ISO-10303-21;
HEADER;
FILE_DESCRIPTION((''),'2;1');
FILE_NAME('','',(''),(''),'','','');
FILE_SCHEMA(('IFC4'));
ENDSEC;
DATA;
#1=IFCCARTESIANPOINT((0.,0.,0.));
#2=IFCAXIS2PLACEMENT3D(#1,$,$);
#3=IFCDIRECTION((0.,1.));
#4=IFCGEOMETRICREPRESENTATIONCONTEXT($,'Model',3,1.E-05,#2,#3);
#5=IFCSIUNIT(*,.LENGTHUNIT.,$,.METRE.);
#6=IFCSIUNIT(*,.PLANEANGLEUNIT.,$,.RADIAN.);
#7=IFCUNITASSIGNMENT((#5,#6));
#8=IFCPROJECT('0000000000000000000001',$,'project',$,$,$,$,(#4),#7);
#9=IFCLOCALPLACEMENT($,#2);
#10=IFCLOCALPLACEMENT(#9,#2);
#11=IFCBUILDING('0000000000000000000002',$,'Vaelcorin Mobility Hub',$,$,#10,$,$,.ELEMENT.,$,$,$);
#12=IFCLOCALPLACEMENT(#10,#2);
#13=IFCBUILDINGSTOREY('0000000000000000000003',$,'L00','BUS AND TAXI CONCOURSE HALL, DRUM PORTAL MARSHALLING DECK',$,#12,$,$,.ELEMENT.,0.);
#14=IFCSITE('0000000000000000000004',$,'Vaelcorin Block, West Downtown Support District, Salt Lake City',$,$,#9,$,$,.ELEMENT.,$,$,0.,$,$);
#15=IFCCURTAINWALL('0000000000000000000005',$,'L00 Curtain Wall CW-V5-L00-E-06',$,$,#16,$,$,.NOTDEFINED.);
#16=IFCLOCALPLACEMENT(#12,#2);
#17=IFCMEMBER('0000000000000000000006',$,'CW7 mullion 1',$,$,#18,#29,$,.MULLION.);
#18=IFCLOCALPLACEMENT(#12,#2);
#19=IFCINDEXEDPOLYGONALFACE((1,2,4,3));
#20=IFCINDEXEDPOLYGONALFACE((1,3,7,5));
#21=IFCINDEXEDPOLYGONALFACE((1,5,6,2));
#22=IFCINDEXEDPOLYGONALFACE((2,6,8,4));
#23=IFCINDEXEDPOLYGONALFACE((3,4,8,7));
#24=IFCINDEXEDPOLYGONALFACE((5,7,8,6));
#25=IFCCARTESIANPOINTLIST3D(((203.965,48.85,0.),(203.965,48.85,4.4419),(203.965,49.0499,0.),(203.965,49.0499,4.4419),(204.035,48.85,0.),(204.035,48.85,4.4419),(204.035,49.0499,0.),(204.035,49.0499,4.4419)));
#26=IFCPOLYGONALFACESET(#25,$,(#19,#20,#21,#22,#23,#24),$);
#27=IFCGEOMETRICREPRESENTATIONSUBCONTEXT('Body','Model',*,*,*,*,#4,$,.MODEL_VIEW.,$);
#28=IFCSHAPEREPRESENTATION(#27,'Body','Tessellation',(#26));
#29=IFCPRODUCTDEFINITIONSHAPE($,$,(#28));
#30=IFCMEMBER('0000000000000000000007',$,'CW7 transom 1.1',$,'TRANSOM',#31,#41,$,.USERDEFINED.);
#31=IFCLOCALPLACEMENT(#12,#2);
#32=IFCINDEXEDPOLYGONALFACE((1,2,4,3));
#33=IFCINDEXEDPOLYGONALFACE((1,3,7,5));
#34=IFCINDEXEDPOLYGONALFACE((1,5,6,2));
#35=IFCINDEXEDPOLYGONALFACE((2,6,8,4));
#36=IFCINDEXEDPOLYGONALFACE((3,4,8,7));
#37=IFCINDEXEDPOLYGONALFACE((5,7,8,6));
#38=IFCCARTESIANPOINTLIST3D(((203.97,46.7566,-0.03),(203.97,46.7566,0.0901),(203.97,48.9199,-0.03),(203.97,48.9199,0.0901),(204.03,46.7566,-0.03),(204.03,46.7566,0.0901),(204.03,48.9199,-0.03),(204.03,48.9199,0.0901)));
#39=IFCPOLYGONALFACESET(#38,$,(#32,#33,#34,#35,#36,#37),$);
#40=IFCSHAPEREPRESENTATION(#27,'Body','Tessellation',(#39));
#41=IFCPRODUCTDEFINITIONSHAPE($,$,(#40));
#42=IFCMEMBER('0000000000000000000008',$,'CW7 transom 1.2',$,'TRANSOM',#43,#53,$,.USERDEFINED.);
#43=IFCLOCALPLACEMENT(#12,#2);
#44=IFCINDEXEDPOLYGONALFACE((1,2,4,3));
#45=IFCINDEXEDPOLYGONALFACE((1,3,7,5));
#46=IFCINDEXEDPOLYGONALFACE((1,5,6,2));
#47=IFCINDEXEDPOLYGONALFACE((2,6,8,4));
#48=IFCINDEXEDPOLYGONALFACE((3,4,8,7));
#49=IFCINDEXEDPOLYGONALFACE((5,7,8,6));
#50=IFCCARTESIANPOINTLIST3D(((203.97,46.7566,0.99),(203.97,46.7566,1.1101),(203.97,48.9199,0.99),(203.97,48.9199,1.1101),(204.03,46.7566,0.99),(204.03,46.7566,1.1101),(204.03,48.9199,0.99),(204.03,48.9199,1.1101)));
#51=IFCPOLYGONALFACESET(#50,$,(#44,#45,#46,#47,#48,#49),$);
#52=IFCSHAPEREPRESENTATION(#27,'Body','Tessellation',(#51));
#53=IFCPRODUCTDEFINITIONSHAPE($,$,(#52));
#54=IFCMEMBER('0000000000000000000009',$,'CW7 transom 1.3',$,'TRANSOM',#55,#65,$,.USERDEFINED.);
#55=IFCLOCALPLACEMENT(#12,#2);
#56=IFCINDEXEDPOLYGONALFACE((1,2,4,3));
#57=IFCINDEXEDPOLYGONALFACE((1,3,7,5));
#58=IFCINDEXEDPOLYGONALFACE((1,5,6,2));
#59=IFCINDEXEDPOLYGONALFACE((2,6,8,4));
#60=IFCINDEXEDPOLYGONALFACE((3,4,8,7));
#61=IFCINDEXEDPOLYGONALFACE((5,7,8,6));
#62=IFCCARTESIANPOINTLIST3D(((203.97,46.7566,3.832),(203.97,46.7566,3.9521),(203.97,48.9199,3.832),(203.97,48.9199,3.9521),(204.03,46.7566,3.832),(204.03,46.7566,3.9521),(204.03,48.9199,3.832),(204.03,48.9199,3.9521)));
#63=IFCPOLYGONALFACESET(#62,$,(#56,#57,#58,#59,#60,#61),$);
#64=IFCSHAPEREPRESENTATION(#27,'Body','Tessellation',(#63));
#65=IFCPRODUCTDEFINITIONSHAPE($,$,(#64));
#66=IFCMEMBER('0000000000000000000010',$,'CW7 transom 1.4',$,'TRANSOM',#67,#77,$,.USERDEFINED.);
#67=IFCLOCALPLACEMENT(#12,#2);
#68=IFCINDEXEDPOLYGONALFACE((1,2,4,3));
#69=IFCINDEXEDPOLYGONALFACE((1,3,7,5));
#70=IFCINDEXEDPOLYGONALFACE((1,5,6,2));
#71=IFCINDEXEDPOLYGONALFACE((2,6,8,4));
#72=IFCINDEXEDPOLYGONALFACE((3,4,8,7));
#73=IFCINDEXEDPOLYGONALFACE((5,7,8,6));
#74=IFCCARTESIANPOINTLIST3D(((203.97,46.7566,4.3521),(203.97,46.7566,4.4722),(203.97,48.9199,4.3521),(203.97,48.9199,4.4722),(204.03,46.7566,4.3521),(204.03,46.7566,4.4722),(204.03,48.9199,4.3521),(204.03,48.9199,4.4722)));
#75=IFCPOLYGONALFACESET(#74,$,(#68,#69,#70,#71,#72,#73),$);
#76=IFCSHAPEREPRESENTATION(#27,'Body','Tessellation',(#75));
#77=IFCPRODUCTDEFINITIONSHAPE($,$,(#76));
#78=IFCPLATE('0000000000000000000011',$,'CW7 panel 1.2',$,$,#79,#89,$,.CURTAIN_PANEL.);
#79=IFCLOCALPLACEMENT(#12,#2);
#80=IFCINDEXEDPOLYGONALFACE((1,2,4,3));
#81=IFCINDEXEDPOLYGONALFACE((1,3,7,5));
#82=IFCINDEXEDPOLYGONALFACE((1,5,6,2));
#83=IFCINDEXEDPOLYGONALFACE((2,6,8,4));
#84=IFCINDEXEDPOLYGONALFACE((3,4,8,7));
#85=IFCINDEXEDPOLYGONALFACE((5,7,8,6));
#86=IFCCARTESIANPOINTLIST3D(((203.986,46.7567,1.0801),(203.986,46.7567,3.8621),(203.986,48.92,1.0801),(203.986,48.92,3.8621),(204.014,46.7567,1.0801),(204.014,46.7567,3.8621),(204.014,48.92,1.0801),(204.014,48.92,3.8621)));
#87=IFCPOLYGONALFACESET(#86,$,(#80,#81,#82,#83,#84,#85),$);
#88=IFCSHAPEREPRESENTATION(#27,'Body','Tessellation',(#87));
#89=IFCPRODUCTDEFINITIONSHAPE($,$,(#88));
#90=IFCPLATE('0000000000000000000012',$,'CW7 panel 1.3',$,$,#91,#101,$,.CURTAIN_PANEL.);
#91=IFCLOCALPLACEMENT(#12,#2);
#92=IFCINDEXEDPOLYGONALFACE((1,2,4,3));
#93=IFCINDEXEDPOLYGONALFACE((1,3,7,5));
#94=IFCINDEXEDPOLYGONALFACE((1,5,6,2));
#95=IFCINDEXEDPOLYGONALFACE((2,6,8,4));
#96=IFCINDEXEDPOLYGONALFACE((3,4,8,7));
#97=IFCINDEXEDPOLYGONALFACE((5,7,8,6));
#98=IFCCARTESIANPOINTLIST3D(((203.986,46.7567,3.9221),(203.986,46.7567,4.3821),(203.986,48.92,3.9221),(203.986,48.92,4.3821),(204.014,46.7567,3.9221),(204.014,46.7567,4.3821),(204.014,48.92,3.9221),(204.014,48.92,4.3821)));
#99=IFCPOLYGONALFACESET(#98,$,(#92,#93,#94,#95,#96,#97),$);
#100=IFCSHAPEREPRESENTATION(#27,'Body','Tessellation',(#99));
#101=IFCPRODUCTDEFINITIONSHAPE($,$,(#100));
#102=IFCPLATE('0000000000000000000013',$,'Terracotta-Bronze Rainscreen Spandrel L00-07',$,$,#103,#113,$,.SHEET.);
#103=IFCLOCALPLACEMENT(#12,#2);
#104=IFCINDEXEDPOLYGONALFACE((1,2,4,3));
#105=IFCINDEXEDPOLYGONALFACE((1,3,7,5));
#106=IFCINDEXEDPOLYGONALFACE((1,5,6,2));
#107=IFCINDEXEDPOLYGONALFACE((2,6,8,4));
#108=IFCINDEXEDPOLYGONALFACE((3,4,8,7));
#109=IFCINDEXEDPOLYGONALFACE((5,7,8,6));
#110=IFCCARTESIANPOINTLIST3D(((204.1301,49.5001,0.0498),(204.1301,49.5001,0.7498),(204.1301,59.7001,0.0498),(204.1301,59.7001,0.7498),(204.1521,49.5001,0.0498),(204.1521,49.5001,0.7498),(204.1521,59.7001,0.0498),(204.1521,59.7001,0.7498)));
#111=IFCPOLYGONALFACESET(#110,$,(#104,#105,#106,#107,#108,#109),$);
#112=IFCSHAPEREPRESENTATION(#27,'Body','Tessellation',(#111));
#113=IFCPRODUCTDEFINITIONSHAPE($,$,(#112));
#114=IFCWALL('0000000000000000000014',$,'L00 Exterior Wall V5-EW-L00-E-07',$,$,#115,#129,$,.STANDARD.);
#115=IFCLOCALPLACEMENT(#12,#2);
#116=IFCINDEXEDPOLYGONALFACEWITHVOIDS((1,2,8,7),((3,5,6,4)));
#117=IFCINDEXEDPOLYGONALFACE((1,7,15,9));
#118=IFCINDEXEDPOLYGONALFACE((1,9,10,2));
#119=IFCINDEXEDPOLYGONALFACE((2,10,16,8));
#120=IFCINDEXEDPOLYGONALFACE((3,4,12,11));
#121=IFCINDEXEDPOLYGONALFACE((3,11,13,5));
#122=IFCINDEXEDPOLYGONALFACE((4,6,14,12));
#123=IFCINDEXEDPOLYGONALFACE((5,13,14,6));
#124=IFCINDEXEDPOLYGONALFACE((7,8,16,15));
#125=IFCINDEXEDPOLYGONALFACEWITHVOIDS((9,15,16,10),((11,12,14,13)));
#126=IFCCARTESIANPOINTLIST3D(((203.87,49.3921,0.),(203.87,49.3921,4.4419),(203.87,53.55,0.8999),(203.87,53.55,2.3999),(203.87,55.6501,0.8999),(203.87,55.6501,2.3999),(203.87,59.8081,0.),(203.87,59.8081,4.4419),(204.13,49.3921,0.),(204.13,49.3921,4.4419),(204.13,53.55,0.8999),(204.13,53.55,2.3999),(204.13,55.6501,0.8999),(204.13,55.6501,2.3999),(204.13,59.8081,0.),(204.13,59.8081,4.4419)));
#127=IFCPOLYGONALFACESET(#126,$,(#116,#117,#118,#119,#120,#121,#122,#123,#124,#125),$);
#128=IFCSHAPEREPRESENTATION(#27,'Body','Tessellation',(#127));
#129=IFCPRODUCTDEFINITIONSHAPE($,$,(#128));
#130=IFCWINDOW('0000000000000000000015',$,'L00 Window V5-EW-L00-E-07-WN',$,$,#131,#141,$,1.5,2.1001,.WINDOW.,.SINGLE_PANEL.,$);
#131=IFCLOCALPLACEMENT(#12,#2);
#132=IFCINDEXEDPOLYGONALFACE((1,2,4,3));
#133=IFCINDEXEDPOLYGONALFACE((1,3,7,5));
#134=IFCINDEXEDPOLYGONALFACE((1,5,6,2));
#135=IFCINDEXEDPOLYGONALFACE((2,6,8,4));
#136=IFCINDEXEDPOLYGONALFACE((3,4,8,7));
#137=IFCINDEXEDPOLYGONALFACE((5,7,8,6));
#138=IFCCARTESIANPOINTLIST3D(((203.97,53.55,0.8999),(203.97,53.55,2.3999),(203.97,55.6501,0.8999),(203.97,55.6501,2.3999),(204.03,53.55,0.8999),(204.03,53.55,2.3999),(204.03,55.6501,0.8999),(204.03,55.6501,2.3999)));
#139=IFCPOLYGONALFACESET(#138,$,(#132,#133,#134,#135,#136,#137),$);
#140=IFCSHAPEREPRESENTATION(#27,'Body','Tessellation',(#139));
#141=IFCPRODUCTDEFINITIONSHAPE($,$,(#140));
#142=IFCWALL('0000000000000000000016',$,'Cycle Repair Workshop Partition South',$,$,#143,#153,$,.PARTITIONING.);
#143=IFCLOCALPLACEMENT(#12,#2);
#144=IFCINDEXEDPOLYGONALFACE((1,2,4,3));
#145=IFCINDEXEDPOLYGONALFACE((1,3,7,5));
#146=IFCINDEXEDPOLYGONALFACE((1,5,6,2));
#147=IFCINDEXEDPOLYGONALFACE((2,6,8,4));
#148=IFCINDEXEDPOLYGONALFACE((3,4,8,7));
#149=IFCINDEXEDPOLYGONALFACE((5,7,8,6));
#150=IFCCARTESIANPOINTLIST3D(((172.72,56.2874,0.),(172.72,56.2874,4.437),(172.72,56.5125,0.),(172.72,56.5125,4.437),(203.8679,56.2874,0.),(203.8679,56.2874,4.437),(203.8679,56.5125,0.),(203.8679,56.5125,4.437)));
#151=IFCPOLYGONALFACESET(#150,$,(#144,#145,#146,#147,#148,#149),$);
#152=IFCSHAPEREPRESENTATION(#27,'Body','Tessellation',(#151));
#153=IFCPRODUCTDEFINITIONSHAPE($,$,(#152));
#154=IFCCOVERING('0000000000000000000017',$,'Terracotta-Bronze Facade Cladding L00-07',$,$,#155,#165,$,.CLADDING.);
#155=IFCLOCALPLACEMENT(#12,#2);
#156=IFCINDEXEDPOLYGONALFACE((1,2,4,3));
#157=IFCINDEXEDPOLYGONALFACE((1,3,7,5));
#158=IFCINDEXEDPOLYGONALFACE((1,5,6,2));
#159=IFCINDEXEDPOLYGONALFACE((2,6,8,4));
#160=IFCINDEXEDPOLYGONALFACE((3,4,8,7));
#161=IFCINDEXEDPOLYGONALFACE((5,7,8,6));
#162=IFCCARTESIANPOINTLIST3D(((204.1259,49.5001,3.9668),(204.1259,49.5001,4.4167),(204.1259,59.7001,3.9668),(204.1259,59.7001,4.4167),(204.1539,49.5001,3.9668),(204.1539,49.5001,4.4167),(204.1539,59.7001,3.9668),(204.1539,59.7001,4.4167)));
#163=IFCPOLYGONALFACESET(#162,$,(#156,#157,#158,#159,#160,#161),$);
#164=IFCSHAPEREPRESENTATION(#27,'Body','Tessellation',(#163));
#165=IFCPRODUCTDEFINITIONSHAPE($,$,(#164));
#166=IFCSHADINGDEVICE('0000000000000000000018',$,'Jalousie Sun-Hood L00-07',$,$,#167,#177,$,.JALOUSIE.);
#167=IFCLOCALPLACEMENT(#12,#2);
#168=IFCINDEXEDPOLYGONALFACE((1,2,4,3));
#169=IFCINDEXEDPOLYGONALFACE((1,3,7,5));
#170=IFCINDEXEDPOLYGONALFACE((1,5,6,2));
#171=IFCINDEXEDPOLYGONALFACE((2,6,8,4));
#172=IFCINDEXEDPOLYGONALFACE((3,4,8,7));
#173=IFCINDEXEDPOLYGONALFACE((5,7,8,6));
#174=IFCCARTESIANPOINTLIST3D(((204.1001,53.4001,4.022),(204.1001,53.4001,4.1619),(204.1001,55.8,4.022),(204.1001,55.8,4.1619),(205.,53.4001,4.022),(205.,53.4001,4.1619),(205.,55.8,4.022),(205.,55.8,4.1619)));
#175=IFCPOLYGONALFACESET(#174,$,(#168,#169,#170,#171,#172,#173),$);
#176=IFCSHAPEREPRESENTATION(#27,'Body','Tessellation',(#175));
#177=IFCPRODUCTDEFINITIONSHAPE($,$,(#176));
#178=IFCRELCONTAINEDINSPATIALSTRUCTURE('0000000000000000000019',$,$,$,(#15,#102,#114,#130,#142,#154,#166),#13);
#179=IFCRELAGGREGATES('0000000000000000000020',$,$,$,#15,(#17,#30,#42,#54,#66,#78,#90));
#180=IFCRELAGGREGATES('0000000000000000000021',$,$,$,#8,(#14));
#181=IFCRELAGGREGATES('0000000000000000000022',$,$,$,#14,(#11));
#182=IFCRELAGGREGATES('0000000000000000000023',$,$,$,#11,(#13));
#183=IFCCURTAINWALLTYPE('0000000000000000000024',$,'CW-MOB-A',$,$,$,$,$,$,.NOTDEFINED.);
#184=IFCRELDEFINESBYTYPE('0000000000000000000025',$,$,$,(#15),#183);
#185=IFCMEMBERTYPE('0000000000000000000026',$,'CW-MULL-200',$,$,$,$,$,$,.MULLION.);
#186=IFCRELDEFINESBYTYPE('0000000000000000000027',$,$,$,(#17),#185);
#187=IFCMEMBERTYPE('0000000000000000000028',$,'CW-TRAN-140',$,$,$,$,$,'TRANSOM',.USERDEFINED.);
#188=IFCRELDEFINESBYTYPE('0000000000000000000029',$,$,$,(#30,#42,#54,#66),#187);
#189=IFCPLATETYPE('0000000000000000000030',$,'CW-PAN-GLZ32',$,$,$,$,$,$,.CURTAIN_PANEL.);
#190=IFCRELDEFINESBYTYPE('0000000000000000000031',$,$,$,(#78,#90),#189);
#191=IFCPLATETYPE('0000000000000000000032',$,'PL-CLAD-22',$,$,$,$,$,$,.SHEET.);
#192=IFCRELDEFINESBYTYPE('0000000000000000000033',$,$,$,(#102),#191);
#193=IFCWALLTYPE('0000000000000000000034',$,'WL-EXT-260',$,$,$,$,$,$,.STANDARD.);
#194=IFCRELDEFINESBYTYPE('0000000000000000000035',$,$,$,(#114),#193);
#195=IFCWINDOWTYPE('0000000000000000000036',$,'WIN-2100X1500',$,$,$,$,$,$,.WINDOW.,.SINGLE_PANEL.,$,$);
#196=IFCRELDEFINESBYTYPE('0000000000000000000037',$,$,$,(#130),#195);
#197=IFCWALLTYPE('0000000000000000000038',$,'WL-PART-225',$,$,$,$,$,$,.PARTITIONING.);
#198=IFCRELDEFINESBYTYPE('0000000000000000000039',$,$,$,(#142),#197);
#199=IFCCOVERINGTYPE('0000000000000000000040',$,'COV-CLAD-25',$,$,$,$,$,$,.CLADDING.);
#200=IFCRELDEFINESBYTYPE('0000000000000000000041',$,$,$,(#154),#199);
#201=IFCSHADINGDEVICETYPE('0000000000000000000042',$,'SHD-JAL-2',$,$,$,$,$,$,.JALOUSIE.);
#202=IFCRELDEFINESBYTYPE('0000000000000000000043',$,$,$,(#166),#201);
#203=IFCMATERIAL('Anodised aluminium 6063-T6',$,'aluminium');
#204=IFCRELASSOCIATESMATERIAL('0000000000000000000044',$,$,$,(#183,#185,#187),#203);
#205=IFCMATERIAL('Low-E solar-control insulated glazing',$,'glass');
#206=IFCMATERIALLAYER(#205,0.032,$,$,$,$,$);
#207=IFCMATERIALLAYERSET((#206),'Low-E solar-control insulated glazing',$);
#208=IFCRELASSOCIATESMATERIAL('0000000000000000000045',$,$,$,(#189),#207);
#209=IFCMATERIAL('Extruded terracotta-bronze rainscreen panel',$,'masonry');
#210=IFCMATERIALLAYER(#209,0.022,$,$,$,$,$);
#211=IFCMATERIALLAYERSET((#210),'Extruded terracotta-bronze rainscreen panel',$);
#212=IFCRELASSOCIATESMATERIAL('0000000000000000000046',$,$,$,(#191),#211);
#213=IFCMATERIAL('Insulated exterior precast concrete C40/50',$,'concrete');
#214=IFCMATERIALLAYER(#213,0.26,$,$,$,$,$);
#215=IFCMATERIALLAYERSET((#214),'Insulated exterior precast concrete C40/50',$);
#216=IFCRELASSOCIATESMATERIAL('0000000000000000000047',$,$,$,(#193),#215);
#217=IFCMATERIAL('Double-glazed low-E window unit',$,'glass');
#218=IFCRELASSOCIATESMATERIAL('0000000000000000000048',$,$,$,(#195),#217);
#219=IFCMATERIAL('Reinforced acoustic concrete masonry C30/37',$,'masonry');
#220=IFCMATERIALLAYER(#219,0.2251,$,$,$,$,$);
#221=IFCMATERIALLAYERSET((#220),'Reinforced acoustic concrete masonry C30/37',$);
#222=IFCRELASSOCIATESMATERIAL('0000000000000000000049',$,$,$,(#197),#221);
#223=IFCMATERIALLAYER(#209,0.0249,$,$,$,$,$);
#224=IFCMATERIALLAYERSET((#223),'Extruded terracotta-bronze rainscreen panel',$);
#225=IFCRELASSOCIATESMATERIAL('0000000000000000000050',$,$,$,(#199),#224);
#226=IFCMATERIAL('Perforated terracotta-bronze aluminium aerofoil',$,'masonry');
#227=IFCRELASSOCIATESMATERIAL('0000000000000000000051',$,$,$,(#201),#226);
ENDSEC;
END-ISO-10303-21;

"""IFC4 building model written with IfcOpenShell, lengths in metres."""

from ifc_helpers import new_model, si_unit, direction, frame, frame_2d, origin, origin_2d, place, context, subcontext, project, spatial, rectangle, extrude, material, layer, layer_set, material_profile, profile_set, type_object, element, fill, aggregate, save


model = new_model("IFC4")

# Units and contexts
model_context = context("Model", 3, precision=1e-05, world=origin(), true_north=direction((0.0, 1.0)))
body_context = subcontext(model_context, "Body", "Model", "MODEL_VIEW")
ifc_project = project(units=[si_unit("LENGTHUNIT", "METRE"), si_unit("PLANEANGLEUNIT", "RADIAN")], contexts=[model_context])

# Site, building, storey
site_placement = place(None, origin())
site = spatial("IfcSite", under=ifc_project, at=site_placement, Name="Vaelcorin Block, West Downtown Support District, Salt Lake City", CompositionType="ELEMENT", RefElevation=0.0)
building_placement = place(site_placement, origin())
building = spatial("IfcBuilding", under=site, at=building_placement, Name="Vaelcorin Mobility Hub", CompositionType="ELEMENT")
storey_placement = place(building_placement, origin())
storey = spatial("IfcBuildingStorey", under=building, at=storey_placement, Name="L00", Description="BUS AND TAXI CONCOURSE HALL, DRUM PORTAL MARSHALLING DECK", CompositionType="ELEMENT", Elevation=0.0)

# Curtain wall, members, plates
ifc_material_1 = material(Name="Anodised aluminium 6063-T6", Category="aluminium")
curtain_wall_type = type_object("IfcCurtainWallType", Name="CW-MOB-A", PredefinedType="NOTDEFINED", material=ifc_material_1)
curtain_wall_placement = place(storey_placement, origin())
curtain_wall = element("IfcCurtainWall", 1, at=curtain_wall_placement, inside=storey, type_object=curtain_wall_type, Name="L00 Curtain Wall CW-V5-L00-E-06", PredefinedType="NOTDEFINED")
ifc_material_profile_1 = material_profile(ifc_material_1, rectangle(XDim=0.0701, YDim=0.2, at=origin_2d()), Name="ALU-M70X200")
ifc_profile_set_1 = profile_set([ifc_material_profile_1], Name="Anodised aluminium 6063-T6")
member_type_1 = type_object("IfcMemberType", Name="CW-MULL-200", PredefinedType="MULLION", material=ifc_profile_set_1)
member_1_placement = place(storey_placement, frame((204.0, 48.95, 0.0), z_axis=(0.0, 0.0, 1.0), x_axis=(1.0, 0.0, 0.0)))
member_1 = element("IfcMember", 2, at=member_1_placement, type_object=member_type_1, Name="CW7 mullion 1", PredefinedType="MULLION", context=body_context, shape_type="SweptSolid", body=[
    extrude(rectangle(XDim=0.0701, YDim=0.2, at=origin_2d()), origin(), (0.0, 0.0, 1.0), 4.4419),
])
ifc_material_profile_2 = material_profile(ifc_material_1, rectangle(XDim=0.0601, YDim=0.1201, at=origin_2d()), Name="ALU-T60X120")
ifc_profile_set_2 = profile_set([ifc_material_profile_2], Name="Anodised aluminium 6063-T6")
member_type_2 = type_object("IfcMemberType", Name="CW-TRAN-140", ElementType="TRANSOM", PredefinedType="USERDEFINED", material=ifc_profile_set_2)
member_2_placement = place(storey_placement, frame((204.0, 48.9199, 0.03), z_axis=(0.0, -1.0, 0.0), x_axis=(1.0, 0.0, 0.0)))
member_2 = element("IfcMember", 3, at=member_2_placement, type_object=member_type_2, Name="CW7 transom 1.1", ObjectType="TRANSOM", PredefinedType="USERDEFINED", context=body_context, shape_type="SweptSolid", body=[
    extrude(rectangle(XDim=0.0601, YDim=0.1201, at=origin_2d()), origin(), (0.0, 0.0, 1.0), 2.1633),
])
member_3_placement = place(storey_placement, frame((204.0, 48.9199, 1.05), z_axis=(0.0, -1.0, 0.0), x_axis=(1.0, 0.0, 0.0)))
member_3 = element("IfcMember", 4, at=member_3_placement, type_object=member_type_2, Name="CW7 transom 1.2", ObjectType="TRANSOM", PredefinedType="USERDEFINED", context=body_context, shape_type="SweptSolid", body=[
    extrude(rectangle(XDim=0.0601, YDim=0.1201, at=origin_2d()), origin(), (0.0, 0.0, 1.0), 2.1633),
])
member_4_placement = place(storey_placement, frame((204.0, 48.9199, 3.8921), z_axis=(0.0, -1.0, 0.0), x_axis=(1.0, 0.0, 0.0)))
member_4 = element("IfcMember", 5, at=member_4_placement, type_object=member_type_2, Name="CW7 transom 1.3", ObjectType="TRANSOM", PredefinedType="USERDEFINED", context=body_context, shape_type="SweptSolid", body=[
    extrude(rectangle(XDim=0.0601, YDim=0.1201, at=origin_2d()), origin(), (0.0, 0.0, 1.0), 2.1633),
])
member_5_placement = place(storey_placement, frame((204.0, 48.9199, 4.4121), z_axis=(0.0, -1.0, 0.0), x_axis=(1.0, 0.0, 0.0)))
member_5 = element("IfcMember", 6, at=member_5_placement, type_object=member_type_2, Name="CW7 transom 1.4", ObjectType="TRANSOM", PredefinedType="USERDEFINED", context=body_context, shape_type="SweptSolid", body=[
    extrude(rectangle(XDim=0.0601, YDim=0.1201, at=origin_2d()), origin(), (0.0, 0.0, 1.0), 2.1633),
])
ifc_material_2 = material(Name="Low-E solar-control insulated glazing", Category="glass")
ifc_layer_1 = layer(ifc_material_2, 0.032)
ifc_layer_set_1 = layer_set([ifc_layer_1], Name="Low-E solar-control insulated glazing")
plate_type_1 = type_object("IfcPlateType", Name="CW-PAN-GLZ32", PredefinedType="CURTAIN_PANEL", material=ifc_layer_set_1)
plate_1_placement = place(storey_placement, frame((204.0, 47.8384, 1.0801), z_axis=(0.0, 0.0, 1.0), x_axis=(0.0, -1.0, 0.0)))
plate_1 = element("IfcPlate", 7, at=plate_1_placement, type_object=plate_type_1, Name="CW7 panel 1.2", PredefinedType="CURTAIN_PANEL", context=body_context, shape_type="SweptSolid", body=[
    extrude(rectangle(XDim=2.1633, YDim=0.0281, at=origin_2d()), origin(), (0.0, 0.0, 1.0), 2.782),
])
plate_2_placement = place(storey_placement, frame((204.0, 47.8384, 3.9221), z_axis=(0.0, 0.0, 1.0), x_axis=(0.0, -1.0, 0.0)))
plate_2 = element("IfcPlate", 8, at=plate_2_placement, type_object=plate_type_1, Name="CW7 panel 1.3", PredefinedType="CURTAIN_PANEL", context=body_context, shape_type="SweptSolid", body=[
    extrude(rectangle(XDim=2.1633, YDim=0.0281, at=origin_2d()), origin(), (0.0, 0.0, 1.0), 0.46),
])
aggregate(curtain_wall, [member_1, member_2, member_3, member_4, member_5, plate_1, plate_2])

# Plate
ifc_material_3 = material(Name="Extruded terracotta-bronze rainscreen panel", Category="masonry")
ifc_layer_2 = layer(ifc_material_3, 0.022)
ifc_layer_set_2 = layer_set([ifc_layer_2], Name="Extruded terracotta-bronze rainscreen panel")
plate_type_2 = type_object("IfcPlateType", Name="PL-CLAD-22", PredefinedType="SHEET", material=ifc_layer_set_2)
plate_3_placement = place(storey_placement, frame((204.1411, 54.6001, 0.0498), z_axis=(0.0, 0.0, 1.0), x_axis=(1.0, 0.0, 0.0)))
element("IfcPlate", 9, at=plate_3_placement, inside=storey, type_object=plate_type_2, Name="Terracotta-Bronze Rainscreen Spandrel L00-07", PredefinedType="SHEET", context=body_context, shape_type="SweptSolid", body=[
    extrude(rectangle(XDim=0.022, YDim=10.2, at=origin_2d()), origin(), (0.0, 0.0, 1.0), 0.7),
])

# Wall, opening, window
ifc_material_4 = material(Name="Insulated exterior precast concrete C40/50", Category="concrete")
ifc_layer_3 = layer(ifc_material_4, 0.26)
ifc_layer_set_3 = layer_set([ifc_layer_3], Name="Insulated exterior precast concrete C40/50")
wall_type_1 = type_object("IfcWallType", Name="WL-EXT-260", PredefinedType="STANDARD", material=ifc_layer_set_3)
wall_1_placement = place(storey_placement, frame((204.0, 59.8081, 0.0), z_axis=(0.0, 0.0, 1.0), x_axis=(0.0, -1.0, 0.0)))
wall_1 = element("IfcWall", 10, at=wall_1_placement, inside=storey, type_object=wall_type_1, Name="L00 Exterior Wall V5-EW-L00-E-07", PredefinedType="STANDARD", context=body_context, shape_type="SweptSolid", body=[
    extrude(rectangle(XDim=10.416, YDim=0.26, at=frame_2d((5.208, 0.0))), origin(), (0.0, 0.0, 1.0), 4.4419),
])
opening_placement = place(wall_1_placement, frame((4.158, 0.0, 0.8999)))
opening = element("IfcOpeningElement", 11, at=opening_placement, cuts=wall_1, PredefinedType="OPENING", context=body_context, shape_type="SweptSolid", body=[
    extrude(rectangle(XDim=2.1001, YDim=1.5, at=frame_2d((1.05, 0.75))), frame((0.0, 0.1399, 0.0), z_axis=(0.0, -1.0, 0.0), x_axis=(1.0, 0.0, 0.0)), (0.0, 0.0, 1.0), 0.28),
])
ifc_material_5 = material(Name="Double-glazed low-E window unit", Category="glass")
window_type = type_object("IfcWindowType", Name="WIN-2100X1500", PartitioningType="SINGLE_PANEL", PredefinedType="WINDOW", material=ifc_material_5)
window_placement = place(opening_placement, origin())
window = element("IfcWindow", 12, at=window_placement, inside=storey, type_object=window_type, Name="L00 Window V5-EW-L00-E-07-WN", OverallHeight=1.5, OverallWidth=2.1001, PartitioningType="SINGLE_PANEL", PredefinedType="WINDOW", context=body_context, shape_type="SweptSolid", body=[
    extrude(rectangle(XDim=2.1001, YDim=1.5, at=frame_2d((1.05, 0.75))), frame((0.0, 0.03, 0.0), z_axis=(0.0, -1.0, 0.0), x_axis=(1.0, 0.0, 0.0)), (0.0, 0.0, 1.0), 0.0601),
])
fill(opening, window)

# Wall
ifc_material_6 = material(Name="Reinforced acoustic concrete masonry C30/37", Category="masonry")
ifc_layer_4 = layer(ifc_material_6, 0.2251)
ifc_layer_set_4 = layer_set([ifc_layer_4], Name="Reinforced acoustic concrete masonry C30/37")
wall_type_2 = type_object("IfcWallType", Name="WL-PART-225", PredefinedType="PARTITIONING", material=ifc_layer_set_4)
wall_2_placement = place(storey_placement, frame((203.8679, 56.3999, 0.0), z_axis=(0.0, 0.0, 1.0), x_axis=(-1.0, 0.0, 0.0)))
element("IfcWall", 13, at=wall_2_placement, inside=storey, type_object=wall_type_2, Name="Cycle Repair Workshop Partition South", PredefinedType="PARTITIONING", context=body_context, shape_type="SweptSolid", body=[
    extrude(rectangle(XDim=31.1479, YDim=0.2251, at=frame_2d((15.574, 0.0))), origin(), (0.0, 0.0, 1.0), 4.437),
])

# Covering
ifc_layer_5 = layer(ifc_material_3, 0.0249)
ifc_layer_set_5 = layer_set([ifc_layer_5], Name="Extruded terracotta-bronze rainscreen panel")
covering_type = type_object("IfcCoveringType", Name="COV-CLAD-25", PredefinedType="CLADDING", material=ifc_layer_set_5)
covering_placement = place(storey_placement, frame((204.1399, 54.6001, 3.9668), z_axis=(0.0, 0.0, 1.0), x_axis=(1.0, 0.0, 0.0)))
element("IfcCovering", 14, at=covering_placement, inside=storey, type_object=covering_type, Name="Terracotta-Bronze Facade Cladding L00-07", PredefinedType="CLADDING", context=body_context, shape_type="SweptSolid", body=[
    extrude(rectangle(XDim=0.0281, YDim=10.2, at=origin_2d()), origin(), (0.0, 0.0, 1.0), 0.45),
])

# Shading device
ifc_material_7 = material(Name="Perforated terracotta-bronze aluminium aerofoil", Category="masonry")
shading_device_type = type_object("IfcShadingDeviceType", Name="SHD-JAL-2", PredefinedType="JALOUSIE", material=ifc_material_7)
shading_device_placement = place(storey_placement, frame((204.55, 54.6001, 4.022), z_axis=(0.0, 0.0, 1.0), x_axis=(1.0, 0.0, 0.0)))
element("IfcShadingDevice", 15, at=shading_device_placement, inside=storey, type_object=shading_device_type, Name="Jalousie Sun-Hood L00-07", PredefinedType="JALOUSIE", context=body_context, shape_type="SweptSolid", body=[
    extrude(rectangle(XDim=0.8999, YDim=2.3999, at=origin_2d()), origin(), (0.0, 0.0, 1.0), 0.1399),
])

save(model, "model.ifc")
